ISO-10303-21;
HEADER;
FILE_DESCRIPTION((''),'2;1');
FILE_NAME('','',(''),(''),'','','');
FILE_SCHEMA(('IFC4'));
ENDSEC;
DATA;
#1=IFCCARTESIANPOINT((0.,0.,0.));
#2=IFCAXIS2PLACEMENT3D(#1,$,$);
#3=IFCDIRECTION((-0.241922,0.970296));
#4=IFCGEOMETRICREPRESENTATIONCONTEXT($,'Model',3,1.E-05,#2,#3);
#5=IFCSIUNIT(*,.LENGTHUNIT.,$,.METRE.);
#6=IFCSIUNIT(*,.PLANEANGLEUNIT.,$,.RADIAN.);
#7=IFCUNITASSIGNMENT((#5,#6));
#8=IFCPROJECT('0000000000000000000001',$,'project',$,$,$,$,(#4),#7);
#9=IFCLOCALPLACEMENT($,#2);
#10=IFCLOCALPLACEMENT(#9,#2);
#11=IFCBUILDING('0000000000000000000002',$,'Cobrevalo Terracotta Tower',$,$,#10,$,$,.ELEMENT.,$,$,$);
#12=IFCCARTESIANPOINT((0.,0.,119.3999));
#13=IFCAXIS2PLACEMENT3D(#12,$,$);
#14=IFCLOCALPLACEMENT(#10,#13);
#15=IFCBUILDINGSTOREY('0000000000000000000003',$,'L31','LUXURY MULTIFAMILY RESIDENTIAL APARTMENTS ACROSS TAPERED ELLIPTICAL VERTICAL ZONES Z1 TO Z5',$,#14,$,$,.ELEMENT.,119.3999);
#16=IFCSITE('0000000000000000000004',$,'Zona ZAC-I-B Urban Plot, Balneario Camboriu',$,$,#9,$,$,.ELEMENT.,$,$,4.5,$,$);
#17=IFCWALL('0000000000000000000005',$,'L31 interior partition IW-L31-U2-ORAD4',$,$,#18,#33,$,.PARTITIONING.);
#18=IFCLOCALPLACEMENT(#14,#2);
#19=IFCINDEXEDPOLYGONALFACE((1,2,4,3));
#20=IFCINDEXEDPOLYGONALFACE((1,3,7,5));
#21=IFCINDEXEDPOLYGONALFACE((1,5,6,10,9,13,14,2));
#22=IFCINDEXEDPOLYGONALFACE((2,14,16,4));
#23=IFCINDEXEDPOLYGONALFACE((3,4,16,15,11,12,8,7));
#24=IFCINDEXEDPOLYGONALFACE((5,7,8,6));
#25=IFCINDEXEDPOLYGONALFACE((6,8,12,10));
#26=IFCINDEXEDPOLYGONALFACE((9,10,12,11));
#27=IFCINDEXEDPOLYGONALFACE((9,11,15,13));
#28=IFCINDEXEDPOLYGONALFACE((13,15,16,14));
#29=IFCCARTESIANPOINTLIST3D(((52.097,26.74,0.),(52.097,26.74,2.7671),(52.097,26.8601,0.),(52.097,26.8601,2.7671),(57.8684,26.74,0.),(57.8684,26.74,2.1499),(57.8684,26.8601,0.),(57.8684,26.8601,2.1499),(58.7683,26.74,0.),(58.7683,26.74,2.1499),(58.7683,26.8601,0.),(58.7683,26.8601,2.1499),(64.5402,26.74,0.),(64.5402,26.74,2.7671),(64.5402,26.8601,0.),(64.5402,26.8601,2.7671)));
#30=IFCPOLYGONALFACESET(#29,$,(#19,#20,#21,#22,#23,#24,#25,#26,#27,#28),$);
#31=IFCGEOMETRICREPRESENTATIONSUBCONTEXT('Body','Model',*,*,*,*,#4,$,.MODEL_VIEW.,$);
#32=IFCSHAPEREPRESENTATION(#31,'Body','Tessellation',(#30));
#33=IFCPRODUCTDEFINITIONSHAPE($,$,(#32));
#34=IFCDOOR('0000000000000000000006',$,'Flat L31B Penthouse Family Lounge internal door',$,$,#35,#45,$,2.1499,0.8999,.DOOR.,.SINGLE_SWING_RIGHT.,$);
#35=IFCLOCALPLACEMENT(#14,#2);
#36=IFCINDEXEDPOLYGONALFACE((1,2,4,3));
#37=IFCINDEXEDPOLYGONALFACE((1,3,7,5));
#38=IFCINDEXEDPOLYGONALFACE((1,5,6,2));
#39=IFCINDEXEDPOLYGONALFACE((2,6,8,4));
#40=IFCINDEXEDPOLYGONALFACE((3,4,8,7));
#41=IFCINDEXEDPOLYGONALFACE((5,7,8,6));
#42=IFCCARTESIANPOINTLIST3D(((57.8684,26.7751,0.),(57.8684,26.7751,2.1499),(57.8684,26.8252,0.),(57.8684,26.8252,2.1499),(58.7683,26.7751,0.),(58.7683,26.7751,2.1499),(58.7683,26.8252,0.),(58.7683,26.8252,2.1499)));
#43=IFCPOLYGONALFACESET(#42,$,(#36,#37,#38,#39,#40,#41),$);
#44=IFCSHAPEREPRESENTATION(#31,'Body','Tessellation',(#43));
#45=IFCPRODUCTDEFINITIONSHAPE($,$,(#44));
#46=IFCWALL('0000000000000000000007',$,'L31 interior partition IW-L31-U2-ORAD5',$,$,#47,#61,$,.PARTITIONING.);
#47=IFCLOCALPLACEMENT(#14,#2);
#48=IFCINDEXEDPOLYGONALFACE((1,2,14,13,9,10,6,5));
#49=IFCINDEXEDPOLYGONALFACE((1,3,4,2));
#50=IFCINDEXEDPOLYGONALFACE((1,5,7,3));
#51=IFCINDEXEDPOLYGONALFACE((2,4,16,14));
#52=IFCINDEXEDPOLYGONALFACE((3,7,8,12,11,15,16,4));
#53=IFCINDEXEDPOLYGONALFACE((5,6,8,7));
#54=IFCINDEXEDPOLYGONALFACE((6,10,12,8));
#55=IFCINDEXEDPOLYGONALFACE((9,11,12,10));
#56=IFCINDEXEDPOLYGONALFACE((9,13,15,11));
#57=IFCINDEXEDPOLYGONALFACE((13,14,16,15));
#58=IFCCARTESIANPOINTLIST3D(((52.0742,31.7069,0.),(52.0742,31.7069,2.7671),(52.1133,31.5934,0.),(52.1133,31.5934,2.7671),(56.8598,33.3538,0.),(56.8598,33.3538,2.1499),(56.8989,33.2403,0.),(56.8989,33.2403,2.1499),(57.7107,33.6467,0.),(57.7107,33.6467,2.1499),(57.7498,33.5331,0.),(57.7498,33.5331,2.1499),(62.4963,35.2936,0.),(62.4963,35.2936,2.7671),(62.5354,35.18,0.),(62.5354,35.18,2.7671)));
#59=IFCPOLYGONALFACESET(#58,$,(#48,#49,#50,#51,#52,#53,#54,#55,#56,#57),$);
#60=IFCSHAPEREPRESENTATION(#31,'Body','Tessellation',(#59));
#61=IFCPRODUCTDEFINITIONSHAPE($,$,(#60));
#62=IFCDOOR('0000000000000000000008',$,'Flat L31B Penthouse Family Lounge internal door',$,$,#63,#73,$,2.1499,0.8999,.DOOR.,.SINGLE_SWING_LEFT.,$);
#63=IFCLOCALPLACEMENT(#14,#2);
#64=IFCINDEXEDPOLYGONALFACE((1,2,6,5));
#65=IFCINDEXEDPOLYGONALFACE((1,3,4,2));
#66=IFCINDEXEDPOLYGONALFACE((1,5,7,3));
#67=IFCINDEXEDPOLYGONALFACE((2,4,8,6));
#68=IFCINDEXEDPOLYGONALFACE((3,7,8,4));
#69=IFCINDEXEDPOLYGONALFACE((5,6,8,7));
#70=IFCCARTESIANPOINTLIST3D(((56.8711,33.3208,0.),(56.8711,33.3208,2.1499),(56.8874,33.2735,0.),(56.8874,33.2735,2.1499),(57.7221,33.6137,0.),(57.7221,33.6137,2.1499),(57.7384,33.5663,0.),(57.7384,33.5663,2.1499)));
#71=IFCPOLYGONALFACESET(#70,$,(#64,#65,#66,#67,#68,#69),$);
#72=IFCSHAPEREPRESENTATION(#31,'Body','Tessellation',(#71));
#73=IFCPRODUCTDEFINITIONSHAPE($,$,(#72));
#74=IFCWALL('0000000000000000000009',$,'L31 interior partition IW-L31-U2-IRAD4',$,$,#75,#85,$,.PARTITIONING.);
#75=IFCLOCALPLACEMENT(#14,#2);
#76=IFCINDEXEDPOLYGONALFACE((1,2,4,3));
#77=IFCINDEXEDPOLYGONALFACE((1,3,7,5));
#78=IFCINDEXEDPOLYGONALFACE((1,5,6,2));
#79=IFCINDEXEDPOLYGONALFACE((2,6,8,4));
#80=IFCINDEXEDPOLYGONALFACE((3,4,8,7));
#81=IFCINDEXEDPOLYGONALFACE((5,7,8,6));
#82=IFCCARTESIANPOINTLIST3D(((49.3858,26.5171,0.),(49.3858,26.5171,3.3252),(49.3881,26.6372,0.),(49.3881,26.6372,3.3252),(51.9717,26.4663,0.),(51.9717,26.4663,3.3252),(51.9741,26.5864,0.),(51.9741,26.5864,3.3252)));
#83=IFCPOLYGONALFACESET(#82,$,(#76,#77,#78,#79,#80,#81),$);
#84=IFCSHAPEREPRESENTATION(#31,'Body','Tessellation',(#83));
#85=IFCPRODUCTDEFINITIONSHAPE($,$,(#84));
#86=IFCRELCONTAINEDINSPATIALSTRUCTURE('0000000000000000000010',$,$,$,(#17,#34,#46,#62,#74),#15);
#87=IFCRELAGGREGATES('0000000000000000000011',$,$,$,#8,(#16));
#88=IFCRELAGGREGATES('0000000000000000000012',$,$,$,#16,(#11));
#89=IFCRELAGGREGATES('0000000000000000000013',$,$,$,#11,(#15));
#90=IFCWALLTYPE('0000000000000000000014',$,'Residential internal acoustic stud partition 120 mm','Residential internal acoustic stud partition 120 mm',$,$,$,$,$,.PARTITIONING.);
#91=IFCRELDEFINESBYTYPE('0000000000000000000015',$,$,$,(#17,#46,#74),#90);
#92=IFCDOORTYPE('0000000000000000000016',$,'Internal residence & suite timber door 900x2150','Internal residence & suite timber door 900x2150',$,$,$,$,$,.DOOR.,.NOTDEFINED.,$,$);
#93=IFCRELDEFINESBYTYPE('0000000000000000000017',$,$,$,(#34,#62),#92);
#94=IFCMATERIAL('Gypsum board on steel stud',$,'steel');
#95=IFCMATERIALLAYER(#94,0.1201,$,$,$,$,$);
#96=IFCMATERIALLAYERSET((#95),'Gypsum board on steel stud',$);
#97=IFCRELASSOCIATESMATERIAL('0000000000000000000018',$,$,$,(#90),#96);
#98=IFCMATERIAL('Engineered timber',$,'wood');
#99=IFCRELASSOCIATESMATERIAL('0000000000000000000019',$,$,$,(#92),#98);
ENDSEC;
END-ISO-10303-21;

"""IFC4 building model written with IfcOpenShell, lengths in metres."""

from ifc_helpers import new_model, si_unit, direction, frame, frame_2d, origin, place, context, subcontext, project, spatial, rectangle, extrude, source, transform, mapped, material, layer, layer_set, type_object, element, fill, save


model = new_model("IFC4")

# Units and contexts
model_context = context("Model", 3, precision=1e-05, world=origin(), true_north=direction((-0.241922, 0.970296)))
body_context = subcontext(model_context, "Body", "Model", "MODEL_VIEW")
ifc_project = project(units=[si_unit("LENGTHUNIT", "METRE"), si_unit("PLANEANGLEUNIT", "RADIAN")], contexts=[model_context])

# Site, building, storey
site_placement = place(None, origin())
site = spatial("IfcSite", under=ifc_project, at=site_placement, Name="Zona ZAC-I-B Urban Plot, Balneario Camboriu", CompositionType="ELEMENT", RefElevation=4.5)
building_placement = place(site_placement, origin())
building = spatial("IfcBuilding", under=site, at=building_placement, Name="Cobrevalo Terracotta Tower", CompositionType="ELEMENT")
storey_placement = place(building_placement, frame((0.0, 0.0, 119.3999)))
storey = spatial("IfcBuildingStorey", under=building, at=storey_placement, Name="L31", Description="LUXURY MULTIFAMILY RESIDENTIAL APARTMENTS ACROSS TAPERED ELLIPTICAL VERTICAL ZONES Z1 TO Z5", CompositionType="ELEMENT", Elevation=119.3999)

# Walls, openings, doors
ifc_material_1 = material(Name="Gypsum board on steel stud", Category="steel")
ifc_layer_1 = layer(ifc_material_1, 0.1201)
ifc_layer_set_1 = layer_set([ifc_layer_1], Name="Gypsum board on steel stud")
wall_type = type_object("IfcWallType", Name="Residential internal acoustic stud partition 120 mm", Description="Residential internal acoustic stud partition 120 mm", PredefinedType="PARTITIONING", material=ifc_layer_set_1)
wall_1_placement = place(storey_placement, frame((52.0969, 26.8, 0.0), z_axis=(0.0, 0.0, 1.0), x_axis=(1.0, 0.0, 0.0)))
wall_1 = element("IfcWall", 1, at=wall_1_placement, inside=storey, type_object=wall_type, Name="L31 interior partition IW-L31-U2-ORAD4", PredefinedType="PARTITIONING", context=body_context, shape_type="SweptSolid", body=[
    extrude(rectangle(XDim=12.4431, YDim=0.1201, at=frame_2d((6.2217, 0.0))), origin(), (0.0, 0.0, 1.0), 2.7671),
])
opening_1_placement = place(wall_1_placement, frame((5.7715, 0.0, 0.0)))
opening_1 = element("IfcOpeningElement", 2, at=opening_1_placement, cuts=wall_1, PredefinedType="OPENING", context=body_context, shape_type="SweptSolid", body=[
    extrude(rectangle(XDim=0.8999, YDim=2.1499, at=frame_2d((0.45, 1.075))), frame((0.0, 0.0701, 0.0), z_axis=(0.0, -1.0, 0.0), x_axis=(1.0, 0.0, 0.0)), (0.0, 0.0, 1.0), 0.1401),
])
ifc_material_2 = material(Name="Engineered timber", Category="wood")
door_type_1 = type_object("IfcDoorType", Name="Internal residence & suite timber door 900x2150", Description="Internal residence & suite timber door 900x2150", OperationType="NOTDEFINED", PredefinedType="DOOR", material=ifc_material_2)
shared_shape_1 = source(origin(), body_context, "Body", "SweptSolid", [
    extrude(rectangle(XDim=0.8999, YDim=2.1499, at=frame_2d((0.45, 1.075))), frame((0.0, 0.0249, 0.0), z_axis=(0.0, -1.0, 0.0), x_axis=(1.0, 0.0, 0.0)), (0.0, 0.0, 1.0), 0.05),
])
door_1_placement = place(opening_1_placement, frame((0.8999, 0.0, 0.0), z_axis=(0.0, 0.0, 1.0), x_axis=(-1.0, 0.0, 0.0)))
door_1 = element("IfcDoor", 3, at=door_1_placement, inside=storey, type_object=door_type_1, Name="Flat L31B Penthouse Family Lounge internal door", OperationType="SINGLE_SWING_RIGHT", OverallHeight=2.1499, OverallWidth=0.8999, PredefinedType="DOOR", context=body_context, shape_type="MappedRepresentation", body=[
    mapped(shared_shape_1, transform((0.0, 0.0, 0.0), scale=1.0)),
])
fill(opening_1, door_1)
wall_2_placement = place(storey_placement, frame((52.0938, 31.6501, 0.0), z_axis=(0.0, 0.0, 1.0), x_axis=(0.945573, 0.32541, 0.0)))
wall_2 = element("IfcWall", 4, at=wall_2_placement, inside=storey, type_object=wall_type, Name="L31 interior partition IW-L31-U2-ORAD5", PredefinedType="PARTITIONING", context=body_context, shape_type="SweptSolid", body=[
    extrude(rectangle(XDim=11.022, YDim=0.1201, at=frame_2d((5.511, 0.0))), origin(), (0.0, 0.0, 1.0), 2.7671),
])
opening_2_placement = place(wall_2_placement, frame((5.061, 0.0, 0.0)))
opening_2 = element("IfcOpeningElement", 5, at=opening_2_placement, cuts=wall_2, PredefinedType="OPENING", context=body_context, shape_type="SweptSolid", body=[
    extrude(rectangle(XDim=0.8999, YDim=2.1499, at=frame_2d((0.45, 1.075))), frame((0.0, 0.0701, 0.0), z_axis=(0.0, -1.0, 0.0), x_axis=(1.0, 0.0, 0.0)), (0.0, 0.0, 1.0), 0.1401),
])
door_2_placement = place(opening_2_placement, frame((0.8999, 0.0, 0.0), z_axis=(0.0, 0.0, 1.0), x_axis=(-1.0, 0.0, 0.0)))
door_2 = element("IfcDoor", 6, at=door_2_placement, inside=storey, type_object=door_type_1, Name="Flat L31B Penthouse Family Lounge internal door", OperationType="SINGLE_SWING_LEFT", OverallHeight=2.1499, OverallWidth=0.8999, PredefinedType="DOOR", context=body_context, shape_type="MappedRepresentation", body=[
    mapped(shared_shape_1, transform((0.0, 0.0, 0.0), scale=1.0)),
])
fill(opening_2, door_2)

# Wall
wall_3_placement = place(storey_placement, frame((49.387, 26.5771, 0.0), z_axis=(0.0, 0.0, 1.0), x_axis=(0.999807, -0.019634, 0.0)))
element("IfcWall", 7, at=wall_3_placement, inside=storey, type_object=wall_type, Name="L31 interior partition IW-L31-U2-IRAD4", PredefinedType="PARTITIONING", context=body_context, shape_type="SweptSolid", body=[
    extrude(rectangle(XDim=2.5864, YDim=0.1201, at=frame_2d((1.2932, 0.0))), origin(), (0.0, 0.0, 1.0), 3.3252),
])

save(model, "model.ifc")
